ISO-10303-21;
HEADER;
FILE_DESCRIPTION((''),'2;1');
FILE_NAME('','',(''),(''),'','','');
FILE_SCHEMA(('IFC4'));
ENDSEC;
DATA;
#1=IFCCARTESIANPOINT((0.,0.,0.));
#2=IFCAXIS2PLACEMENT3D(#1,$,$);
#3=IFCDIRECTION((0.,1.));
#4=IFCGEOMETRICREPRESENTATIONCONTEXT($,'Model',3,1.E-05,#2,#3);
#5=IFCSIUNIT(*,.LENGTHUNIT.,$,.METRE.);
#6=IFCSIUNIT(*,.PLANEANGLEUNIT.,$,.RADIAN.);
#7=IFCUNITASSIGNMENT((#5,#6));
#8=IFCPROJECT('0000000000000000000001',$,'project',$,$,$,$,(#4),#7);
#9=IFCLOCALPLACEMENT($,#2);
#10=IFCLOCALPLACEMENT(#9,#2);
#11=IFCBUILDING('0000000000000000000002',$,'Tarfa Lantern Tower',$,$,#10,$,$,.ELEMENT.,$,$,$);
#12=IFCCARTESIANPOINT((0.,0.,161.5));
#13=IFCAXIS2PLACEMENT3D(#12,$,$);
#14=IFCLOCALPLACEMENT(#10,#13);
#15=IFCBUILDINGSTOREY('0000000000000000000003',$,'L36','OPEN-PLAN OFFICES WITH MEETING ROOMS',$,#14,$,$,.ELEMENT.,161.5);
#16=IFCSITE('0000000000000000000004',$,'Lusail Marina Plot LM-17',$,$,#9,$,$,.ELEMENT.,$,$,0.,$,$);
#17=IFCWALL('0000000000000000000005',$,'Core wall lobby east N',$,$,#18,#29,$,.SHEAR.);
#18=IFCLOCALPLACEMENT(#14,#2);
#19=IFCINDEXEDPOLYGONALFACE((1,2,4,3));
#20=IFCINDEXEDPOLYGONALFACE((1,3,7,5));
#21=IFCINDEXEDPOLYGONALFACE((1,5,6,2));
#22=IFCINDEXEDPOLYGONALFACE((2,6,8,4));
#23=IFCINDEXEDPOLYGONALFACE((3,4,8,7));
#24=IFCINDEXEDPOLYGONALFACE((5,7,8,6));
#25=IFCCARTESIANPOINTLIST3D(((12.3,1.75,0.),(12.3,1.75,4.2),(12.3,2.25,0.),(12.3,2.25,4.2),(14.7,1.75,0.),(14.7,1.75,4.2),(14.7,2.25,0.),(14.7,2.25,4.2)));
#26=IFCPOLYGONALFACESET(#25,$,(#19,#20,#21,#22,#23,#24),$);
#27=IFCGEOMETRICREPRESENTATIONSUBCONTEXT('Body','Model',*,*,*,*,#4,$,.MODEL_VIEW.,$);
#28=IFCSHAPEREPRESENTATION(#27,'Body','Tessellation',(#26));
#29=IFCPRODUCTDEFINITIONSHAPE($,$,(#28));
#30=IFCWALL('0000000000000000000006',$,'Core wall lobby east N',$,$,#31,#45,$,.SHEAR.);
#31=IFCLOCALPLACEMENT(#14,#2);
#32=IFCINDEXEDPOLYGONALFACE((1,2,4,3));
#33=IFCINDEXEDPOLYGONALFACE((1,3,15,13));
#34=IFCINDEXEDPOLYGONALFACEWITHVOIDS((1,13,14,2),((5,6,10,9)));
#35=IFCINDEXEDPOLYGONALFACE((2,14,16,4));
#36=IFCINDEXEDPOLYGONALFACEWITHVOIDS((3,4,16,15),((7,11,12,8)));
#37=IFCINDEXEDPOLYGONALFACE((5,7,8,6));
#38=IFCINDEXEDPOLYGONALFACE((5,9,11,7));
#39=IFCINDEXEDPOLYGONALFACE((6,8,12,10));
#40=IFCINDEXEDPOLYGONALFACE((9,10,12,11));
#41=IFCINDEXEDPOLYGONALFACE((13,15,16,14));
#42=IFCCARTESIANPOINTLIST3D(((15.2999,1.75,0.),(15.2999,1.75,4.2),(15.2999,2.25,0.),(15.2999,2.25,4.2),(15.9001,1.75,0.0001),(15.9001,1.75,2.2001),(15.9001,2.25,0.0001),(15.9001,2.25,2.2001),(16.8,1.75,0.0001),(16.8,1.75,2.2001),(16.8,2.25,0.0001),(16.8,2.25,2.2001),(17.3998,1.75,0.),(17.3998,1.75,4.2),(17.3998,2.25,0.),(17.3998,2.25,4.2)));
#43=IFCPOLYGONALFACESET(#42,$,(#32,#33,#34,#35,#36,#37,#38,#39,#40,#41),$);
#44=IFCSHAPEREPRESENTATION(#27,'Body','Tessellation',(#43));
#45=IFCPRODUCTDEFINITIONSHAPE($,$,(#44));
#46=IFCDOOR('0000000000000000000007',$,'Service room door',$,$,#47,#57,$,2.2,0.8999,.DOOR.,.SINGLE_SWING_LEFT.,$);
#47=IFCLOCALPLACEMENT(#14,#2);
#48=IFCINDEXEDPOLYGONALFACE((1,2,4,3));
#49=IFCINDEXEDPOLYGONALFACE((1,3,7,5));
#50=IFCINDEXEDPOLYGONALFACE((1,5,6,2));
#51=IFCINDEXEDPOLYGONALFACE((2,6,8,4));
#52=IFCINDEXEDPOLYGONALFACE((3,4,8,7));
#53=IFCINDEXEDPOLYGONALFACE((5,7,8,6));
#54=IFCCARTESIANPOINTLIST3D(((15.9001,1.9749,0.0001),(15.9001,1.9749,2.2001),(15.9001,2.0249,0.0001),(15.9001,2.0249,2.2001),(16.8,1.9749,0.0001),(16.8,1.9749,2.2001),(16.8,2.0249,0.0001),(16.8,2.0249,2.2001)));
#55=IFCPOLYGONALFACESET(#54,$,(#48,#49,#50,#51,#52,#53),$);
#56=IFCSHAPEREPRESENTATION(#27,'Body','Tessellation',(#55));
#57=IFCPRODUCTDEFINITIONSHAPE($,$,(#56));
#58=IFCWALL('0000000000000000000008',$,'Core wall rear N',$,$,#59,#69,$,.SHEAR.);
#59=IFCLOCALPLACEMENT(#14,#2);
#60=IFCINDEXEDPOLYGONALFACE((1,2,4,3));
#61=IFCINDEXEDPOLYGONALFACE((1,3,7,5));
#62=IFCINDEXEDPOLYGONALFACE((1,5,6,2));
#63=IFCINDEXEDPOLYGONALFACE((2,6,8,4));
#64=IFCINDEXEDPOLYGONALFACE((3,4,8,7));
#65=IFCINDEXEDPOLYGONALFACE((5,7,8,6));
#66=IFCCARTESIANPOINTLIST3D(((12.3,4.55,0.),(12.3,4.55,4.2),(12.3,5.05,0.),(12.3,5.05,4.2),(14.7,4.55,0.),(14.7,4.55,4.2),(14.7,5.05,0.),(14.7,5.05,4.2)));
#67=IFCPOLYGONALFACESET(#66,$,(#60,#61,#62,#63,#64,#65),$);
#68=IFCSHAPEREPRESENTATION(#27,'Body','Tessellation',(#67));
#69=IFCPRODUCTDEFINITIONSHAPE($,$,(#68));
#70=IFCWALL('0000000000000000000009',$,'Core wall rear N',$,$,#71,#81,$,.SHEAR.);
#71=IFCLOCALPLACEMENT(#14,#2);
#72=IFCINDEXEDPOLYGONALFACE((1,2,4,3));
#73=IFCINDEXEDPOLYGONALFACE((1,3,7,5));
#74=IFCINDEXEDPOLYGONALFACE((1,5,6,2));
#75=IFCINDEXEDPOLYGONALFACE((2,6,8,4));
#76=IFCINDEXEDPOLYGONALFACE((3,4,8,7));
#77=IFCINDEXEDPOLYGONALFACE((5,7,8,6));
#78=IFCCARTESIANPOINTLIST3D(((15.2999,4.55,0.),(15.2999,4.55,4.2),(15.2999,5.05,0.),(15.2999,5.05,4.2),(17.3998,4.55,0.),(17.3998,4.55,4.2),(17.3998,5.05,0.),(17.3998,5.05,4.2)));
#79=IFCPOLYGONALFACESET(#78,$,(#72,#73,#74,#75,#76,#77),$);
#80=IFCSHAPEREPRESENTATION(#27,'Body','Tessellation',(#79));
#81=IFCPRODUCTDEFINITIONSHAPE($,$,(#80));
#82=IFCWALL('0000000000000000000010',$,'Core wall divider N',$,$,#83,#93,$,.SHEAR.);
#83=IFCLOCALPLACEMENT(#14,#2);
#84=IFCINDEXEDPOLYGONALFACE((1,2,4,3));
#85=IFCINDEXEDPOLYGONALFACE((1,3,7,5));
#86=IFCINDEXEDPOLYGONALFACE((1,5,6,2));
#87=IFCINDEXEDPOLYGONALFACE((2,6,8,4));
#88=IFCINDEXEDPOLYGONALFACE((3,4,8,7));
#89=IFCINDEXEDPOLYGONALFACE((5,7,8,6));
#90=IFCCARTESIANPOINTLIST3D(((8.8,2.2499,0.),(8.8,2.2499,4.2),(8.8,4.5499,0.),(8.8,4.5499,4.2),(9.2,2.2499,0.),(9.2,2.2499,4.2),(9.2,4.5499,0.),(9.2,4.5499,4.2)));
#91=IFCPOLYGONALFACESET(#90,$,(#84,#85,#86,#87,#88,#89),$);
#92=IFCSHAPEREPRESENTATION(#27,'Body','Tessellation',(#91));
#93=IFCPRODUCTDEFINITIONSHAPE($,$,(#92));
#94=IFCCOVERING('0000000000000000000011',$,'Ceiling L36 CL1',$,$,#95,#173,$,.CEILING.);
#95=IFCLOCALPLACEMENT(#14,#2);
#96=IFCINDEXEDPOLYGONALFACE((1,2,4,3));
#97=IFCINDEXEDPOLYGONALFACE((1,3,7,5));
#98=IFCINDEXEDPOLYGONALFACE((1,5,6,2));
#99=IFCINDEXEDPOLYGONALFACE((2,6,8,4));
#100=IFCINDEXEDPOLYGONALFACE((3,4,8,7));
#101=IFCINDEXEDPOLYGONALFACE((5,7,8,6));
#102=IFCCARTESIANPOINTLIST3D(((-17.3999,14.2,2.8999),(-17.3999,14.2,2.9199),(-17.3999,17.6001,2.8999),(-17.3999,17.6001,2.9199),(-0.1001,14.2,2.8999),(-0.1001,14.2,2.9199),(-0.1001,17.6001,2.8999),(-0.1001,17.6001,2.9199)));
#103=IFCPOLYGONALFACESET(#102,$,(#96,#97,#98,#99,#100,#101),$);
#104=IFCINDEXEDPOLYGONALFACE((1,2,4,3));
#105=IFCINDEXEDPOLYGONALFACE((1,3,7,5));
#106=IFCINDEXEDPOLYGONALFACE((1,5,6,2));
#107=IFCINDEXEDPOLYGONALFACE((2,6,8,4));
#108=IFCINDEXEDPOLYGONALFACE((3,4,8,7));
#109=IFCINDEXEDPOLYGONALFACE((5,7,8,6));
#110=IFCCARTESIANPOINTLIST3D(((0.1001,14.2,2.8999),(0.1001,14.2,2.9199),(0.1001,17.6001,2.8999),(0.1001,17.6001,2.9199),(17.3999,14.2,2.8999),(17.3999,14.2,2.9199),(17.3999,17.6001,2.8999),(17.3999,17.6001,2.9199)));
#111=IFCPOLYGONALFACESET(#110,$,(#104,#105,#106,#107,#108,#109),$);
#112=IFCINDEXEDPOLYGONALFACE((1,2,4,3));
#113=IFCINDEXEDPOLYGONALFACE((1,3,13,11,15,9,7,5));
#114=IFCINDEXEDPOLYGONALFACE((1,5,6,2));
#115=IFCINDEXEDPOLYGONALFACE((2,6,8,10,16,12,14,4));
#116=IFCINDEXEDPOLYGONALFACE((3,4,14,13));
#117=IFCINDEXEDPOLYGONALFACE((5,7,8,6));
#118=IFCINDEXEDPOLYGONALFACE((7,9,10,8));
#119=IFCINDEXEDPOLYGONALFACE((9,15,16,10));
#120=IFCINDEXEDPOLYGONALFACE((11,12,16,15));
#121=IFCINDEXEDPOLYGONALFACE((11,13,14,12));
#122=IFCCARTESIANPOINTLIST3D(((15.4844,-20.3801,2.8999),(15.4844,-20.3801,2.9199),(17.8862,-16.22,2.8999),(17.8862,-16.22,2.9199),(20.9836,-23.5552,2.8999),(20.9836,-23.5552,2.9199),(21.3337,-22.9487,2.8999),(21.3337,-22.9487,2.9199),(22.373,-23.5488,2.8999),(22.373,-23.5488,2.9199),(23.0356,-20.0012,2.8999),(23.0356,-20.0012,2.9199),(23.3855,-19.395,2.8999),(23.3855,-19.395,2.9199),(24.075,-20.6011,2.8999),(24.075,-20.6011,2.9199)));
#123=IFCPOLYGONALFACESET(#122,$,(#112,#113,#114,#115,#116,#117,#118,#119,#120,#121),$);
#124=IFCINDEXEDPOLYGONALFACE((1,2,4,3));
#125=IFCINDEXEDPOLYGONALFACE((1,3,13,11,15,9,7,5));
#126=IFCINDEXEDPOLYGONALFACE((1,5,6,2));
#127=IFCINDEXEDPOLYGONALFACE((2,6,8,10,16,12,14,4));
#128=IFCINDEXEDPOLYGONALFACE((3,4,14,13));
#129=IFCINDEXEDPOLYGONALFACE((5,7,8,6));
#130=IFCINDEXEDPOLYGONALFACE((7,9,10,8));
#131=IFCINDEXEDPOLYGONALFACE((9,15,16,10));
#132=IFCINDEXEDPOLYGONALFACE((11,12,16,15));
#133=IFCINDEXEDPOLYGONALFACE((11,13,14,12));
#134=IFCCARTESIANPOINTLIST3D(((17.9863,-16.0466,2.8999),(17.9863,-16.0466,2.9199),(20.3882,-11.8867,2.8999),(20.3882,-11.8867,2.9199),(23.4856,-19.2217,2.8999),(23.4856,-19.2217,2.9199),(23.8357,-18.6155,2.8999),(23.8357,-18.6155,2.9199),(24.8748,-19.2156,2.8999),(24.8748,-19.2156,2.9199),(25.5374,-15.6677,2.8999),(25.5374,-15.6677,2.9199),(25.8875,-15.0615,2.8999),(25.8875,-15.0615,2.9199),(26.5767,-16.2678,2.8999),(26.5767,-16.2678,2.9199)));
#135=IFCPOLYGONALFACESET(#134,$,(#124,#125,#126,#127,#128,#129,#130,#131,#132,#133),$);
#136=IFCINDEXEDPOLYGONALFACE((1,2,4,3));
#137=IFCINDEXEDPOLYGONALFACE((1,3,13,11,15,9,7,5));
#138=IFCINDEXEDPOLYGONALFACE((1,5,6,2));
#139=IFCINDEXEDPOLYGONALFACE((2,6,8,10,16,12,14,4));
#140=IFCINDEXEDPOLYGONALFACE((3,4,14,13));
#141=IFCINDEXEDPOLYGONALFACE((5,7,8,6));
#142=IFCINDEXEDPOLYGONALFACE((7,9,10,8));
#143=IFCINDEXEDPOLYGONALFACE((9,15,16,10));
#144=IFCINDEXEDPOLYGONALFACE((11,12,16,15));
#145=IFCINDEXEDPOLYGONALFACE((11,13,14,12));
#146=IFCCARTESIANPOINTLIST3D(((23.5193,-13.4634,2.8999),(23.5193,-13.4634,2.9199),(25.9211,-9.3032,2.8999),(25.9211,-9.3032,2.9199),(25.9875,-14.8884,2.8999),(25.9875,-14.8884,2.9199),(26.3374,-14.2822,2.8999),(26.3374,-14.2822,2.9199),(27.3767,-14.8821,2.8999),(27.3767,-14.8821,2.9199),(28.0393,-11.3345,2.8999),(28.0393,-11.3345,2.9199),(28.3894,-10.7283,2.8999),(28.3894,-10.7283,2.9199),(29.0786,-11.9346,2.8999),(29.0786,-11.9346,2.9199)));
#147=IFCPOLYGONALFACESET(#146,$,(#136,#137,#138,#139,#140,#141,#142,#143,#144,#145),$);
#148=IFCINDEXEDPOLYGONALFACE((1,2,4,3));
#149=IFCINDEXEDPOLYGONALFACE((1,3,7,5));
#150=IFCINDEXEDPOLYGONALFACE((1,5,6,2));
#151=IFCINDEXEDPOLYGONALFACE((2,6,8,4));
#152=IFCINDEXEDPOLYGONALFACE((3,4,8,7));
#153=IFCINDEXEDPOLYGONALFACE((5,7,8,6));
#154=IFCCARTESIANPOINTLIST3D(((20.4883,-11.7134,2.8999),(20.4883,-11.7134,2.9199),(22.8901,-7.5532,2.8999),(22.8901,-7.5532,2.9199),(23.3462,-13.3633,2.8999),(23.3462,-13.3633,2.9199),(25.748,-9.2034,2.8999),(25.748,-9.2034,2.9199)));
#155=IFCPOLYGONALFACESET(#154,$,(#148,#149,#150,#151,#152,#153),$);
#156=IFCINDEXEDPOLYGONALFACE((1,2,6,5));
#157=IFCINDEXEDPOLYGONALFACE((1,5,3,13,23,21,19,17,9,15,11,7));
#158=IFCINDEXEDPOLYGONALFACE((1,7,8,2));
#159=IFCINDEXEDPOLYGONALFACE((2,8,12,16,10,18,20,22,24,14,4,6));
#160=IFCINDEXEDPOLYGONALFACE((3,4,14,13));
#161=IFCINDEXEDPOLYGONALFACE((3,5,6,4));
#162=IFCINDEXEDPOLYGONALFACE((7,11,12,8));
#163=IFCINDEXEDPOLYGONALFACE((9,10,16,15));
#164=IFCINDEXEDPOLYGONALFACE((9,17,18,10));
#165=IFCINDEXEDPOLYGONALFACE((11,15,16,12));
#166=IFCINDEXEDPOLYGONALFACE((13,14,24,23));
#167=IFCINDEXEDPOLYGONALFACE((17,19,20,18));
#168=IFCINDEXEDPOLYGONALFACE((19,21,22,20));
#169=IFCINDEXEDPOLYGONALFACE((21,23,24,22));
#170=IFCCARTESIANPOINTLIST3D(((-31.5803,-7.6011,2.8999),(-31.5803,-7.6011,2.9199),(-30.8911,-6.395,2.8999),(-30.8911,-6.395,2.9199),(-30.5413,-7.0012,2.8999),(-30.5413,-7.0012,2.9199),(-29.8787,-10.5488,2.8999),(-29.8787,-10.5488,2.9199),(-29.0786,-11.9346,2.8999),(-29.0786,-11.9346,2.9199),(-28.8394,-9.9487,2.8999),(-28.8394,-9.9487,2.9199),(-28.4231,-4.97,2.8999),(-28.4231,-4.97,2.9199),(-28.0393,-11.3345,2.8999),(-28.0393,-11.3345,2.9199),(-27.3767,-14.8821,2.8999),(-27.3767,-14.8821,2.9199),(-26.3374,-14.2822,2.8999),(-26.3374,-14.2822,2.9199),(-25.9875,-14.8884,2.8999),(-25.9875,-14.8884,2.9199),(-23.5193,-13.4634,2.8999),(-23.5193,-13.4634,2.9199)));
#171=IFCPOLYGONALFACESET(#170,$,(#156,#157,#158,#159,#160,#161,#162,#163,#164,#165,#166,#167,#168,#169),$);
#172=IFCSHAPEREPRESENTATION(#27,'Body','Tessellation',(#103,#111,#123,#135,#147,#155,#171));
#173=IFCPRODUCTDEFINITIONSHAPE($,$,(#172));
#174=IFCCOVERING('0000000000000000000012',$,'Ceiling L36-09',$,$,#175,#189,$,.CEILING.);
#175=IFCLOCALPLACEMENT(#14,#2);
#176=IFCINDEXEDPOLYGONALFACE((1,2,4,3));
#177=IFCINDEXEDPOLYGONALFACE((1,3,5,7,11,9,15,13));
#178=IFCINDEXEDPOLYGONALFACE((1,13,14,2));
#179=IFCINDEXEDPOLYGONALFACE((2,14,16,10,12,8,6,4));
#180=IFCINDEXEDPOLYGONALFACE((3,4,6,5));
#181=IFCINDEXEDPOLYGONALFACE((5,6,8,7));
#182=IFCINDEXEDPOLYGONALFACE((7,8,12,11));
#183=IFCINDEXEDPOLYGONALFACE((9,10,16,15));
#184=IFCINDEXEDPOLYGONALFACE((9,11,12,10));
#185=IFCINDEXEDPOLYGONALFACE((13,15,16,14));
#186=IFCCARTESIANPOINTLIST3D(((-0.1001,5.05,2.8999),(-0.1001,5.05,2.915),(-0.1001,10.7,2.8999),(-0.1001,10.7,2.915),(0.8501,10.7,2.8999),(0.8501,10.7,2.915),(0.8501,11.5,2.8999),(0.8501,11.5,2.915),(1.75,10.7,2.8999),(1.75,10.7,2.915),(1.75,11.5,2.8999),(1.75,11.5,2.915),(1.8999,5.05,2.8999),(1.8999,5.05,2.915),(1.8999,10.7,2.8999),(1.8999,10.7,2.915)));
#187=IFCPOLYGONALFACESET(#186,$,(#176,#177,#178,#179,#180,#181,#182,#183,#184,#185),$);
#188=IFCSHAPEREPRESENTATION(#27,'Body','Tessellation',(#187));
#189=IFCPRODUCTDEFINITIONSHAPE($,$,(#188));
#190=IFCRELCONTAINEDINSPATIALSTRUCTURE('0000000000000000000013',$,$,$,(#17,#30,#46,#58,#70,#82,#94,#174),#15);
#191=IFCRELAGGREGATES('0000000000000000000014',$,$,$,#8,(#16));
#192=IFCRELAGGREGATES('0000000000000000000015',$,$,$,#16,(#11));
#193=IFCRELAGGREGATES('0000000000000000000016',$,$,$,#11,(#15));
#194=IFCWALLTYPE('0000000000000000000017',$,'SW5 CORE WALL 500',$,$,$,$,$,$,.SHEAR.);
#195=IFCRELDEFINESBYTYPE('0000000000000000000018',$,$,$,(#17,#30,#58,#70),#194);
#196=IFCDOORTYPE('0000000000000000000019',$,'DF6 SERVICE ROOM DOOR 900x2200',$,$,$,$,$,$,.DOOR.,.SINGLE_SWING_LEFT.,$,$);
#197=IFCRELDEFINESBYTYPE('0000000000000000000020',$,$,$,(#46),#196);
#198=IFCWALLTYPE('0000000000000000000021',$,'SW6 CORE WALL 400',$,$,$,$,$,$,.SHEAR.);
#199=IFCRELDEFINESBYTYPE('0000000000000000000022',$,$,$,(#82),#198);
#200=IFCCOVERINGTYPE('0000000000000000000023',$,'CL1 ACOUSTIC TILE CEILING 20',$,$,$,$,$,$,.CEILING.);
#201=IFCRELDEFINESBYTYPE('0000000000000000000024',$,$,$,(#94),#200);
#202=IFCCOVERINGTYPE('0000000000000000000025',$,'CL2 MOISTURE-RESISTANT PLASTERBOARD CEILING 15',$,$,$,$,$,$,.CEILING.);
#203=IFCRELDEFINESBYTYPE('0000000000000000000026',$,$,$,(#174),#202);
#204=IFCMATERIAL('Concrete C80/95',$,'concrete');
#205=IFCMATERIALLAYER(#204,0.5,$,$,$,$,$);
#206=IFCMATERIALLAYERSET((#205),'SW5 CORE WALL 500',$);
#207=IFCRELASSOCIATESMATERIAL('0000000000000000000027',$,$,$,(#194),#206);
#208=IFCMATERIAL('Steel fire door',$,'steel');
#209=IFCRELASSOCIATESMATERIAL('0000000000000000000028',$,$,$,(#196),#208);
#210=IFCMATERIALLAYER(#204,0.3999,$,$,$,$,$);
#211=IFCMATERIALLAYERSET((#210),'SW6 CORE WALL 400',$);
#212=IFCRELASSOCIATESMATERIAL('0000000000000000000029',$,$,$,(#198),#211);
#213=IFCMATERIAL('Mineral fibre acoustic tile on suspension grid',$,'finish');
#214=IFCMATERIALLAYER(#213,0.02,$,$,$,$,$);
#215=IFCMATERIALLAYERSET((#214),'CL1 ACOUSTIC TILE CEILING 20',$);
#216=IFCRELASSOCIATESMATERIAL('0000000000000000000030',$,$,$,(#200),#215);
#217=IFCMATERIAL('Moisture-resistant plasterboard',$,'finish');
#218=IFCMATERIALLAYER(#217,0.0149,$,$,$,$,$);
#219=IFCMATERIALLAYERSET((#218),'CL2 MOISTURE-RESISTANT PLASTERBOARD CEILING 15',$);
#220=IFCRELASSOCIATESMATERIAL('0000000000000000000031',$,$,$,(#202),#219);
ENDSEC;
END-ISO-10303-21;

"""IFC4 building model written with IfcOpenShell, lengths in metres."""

from ifc_helpers import new_model, si_unit, direction, frame, frame_2d, origin, place, context, subcontext, project, spatial, polyline, rectangle, outline, extrude, material, layer, layer_set, type_object, element, fill, save


model = new_model("IFC4")

# Units and contexts
model_context = context("Model", 3, precision=1e-05, world=origin(), true_north=direction((0.0, 1.0)))
body_context = subcontext(model_context, "Body", "Model", "MODEL_VIEW")
ifc_project = project(units=[si_unit("LENGTHUNIT", "METRE"), si_unit("PLANEANGLEUNIT", "RADIAN")], contexts=[model_context])

# Site, building, storey
site_placement = place(None, origin())
site = spatial("IfcSite", under=ifc_project, at=site_placement, Name="Lusail Marina Plot LM-17", CompositionType="ELEMENT", RefElevation=0.0)
building_placement = place(site_placement, origin())
building = spatial("IfcBuilding", under=site, at=building_placement, Name="Tarfa Lantern Tower", CompositionType="ELEMENT")
storey_placement = place(building_placement, frame((0.0, 0.0, 161.5)))
storey = spatial("IfcBuildingStorey", under=building, at=storey_placement, Name="L36", Description="OPEN-PLAN OFFICES WITH MEETING ROOMS", CompositionType="ELEMENT", Elevation=161.5)

# Wall
ifc_material_1 = material(Name="Concrete C80/95", Category="concrete")
ifc_layer_1 = layer(ifc_material_1, 0.5)
ifc_layer_set_1 = layer_set([ifc_layer_1], Name="SW5 CORE WALL 500")
wall_type_1 = type_object("IfcWallType", Name="SW5 CORE WALL 500", PredefinedType="SHEAR", material=ifc_layer_set_1)
wall_1_placement = place(storey_placement, frame((12.3, 2.0, 0.0), z_axis=(0.0, 0.0, 1.0), x_axis=(1.0, 0.0, 0.0)))
element("IfcWall", 1, at=wall_1_placement, inside=storey, type_object=wall_type_1, Name="Core wall lobby east N", PredefinedType="SHEAR", context=body_context, shape_type="SweptSolid", body=[
    extrude(rectangle(XDim=2.3999, YDim=0.5, at=frame_2d((1.2, 0.0))), origin(), (0.0, 0.0, 1.0), 4.2),
])

# Wall, opening, door
wall_2_placement = place(storey_placement, frame((15.3, 2.0, 0.0), z_axis=(0.0, 0.0, 1.0), x_axis=(1.0, 0.0, 0.0)))
wall_2 = element("IfcWall", 2, at=wall_2_placement, inside=storey, type_object=wall_type_1, Name="Core wall lobby east N", PredefinedType="SHEAR", context=body_context, shape_type="SweptSolid", body=[
    extrude(rectangle(XDim=2.0999, YDim=0.5, at=frame_2d((1.0498, 0.0))), origin(), (0.0, 0.0, 1.0), 4.2),
])
opening_1_placement = place(wall_2_placement, frame((0.6001, 0.0, 0.0)))
opening_1 = element("IfcOpeningElement", 3, at=opening_1_placement, cuts=wall_2, PredefinedType="OPENING", context=body_context, shape_type="SweptSolid", body=[
    extrude(rectangle(XDim=0.8999, YDim=2.2, at=frame_2d((0.45, 1.1001))), frame((0.0, 0.26, 0.0), z_axis=(0.0, -1.0, 0.0), x_axis=(1.0, 0.0, 0.0)), (0.0, 0.0, 1.0), 0.52),
])
ifc_material_2 = material(Name="Steel fire door", Category="steel")
door_type_1 = type_object("IfcDoorType", Name="DF6 SERVICE ROOM DOOR 900x2200", OperationType="SINGLE_SWING_LEFT", PredefinedType="DOOR", material=ifc_material_2)
door_1_placement = place(opening_1_placement, origin())
door_1 = element("IfcDoor", 4, at=door_1_placement, inside=storey, type_object=door_type_1, Name="Service room door", OperationType="SINGLE_SWING_LEFT", OverallHeight=2.2, OverallWidth=0.8999, PredefinedType="DOOR", context=body_context, shape_type="SweptSolid", body=[
    extrude(rectangle(XDim=0.8999, YDim=2.2, at=frame_2d((0.45, 1.1001))), frame((0.0, 0.0249, 0.0), z_axis=(0.0, -1.0, 0.0), x_axis=(1.0, 0.0, 0.0)), (0.0, 0.0, 1.0), 0.05),
])
fill(opening_1, door_1)

# Walls
wall_3_placement = place(storey_placement, frame((12.3, 4.8, 0.0), z_axis=(0.0, 0.0, 1.0), x_axis=(1.0, 0.0, 0.0)))
element("IfcWall", 5, at=wall_3_placement, inside=storey, type_object=wall_type_1, Name="Core wall rear N", PredefinedType="SHEAR", context=body_context, shape_type="SweptSolid", body=[
    extrude(rectangle(XDim=2.3999, YDim=0.5, at=frame_2d((1.2, 0.0))), origin(), (0.0, 0.0, 1.0), 4.2),
])
wall_4_placement = place(storey_placement, frame((15.3, 4.8, 0.0), z_axis=(0.0, 0.0, 1.0), x_axis=(1.0, 0.0, 0.0)))
element("IfcWall", 6, at=wall_4_placement, inside=storey, type_object=wall_type_1, Name="Core wall rear N", PredefinedType="SHEAR", context=body_context, shape_type="SweptSolid", body=[
    extrude(rectangle(XDim=2.0999, YDim=0.5, at=frame_2d((1.0498, 0.0))), origin(), (0.0, 0.0, 1.0), 4.2),
])
ifc_layer_2 = layer(ifc_material_1, 0.3999)
ifc_layer_set_2 = layer_set([ifc_layer_2], Name="SW6 CORE WALL 400")
wall_type_2 = type_object("IfcWallType", Name="SW6 CORE WALL 400", PredefinedType="SHEAR", material=ifc_layer_set_2)
wall_5_placement = place(storey_placement, frame((9.0, 2.25, 0.0), z_axis=(0.0, 0.0, 1.0), x_axis=(0.0, 1.0, 0.0)))
element("IfcWall", 7, at=wall_5_placement, inside=storey, type_object=wall_type_2, Name="Core wall divider N", PredefinedType="SHEAR", context=body_context, shape_type="SweptSolid", body=[
    extrude(rectangle(XDim=2.3, YDim=0.3999, at=frame_2d((1.1499, 0.0))), origin(), (0.0, 0.0, 1.0), 4.2),
])

# Coverings
ifc_material_3 = material(Name="Mineral fibre acoustic tile on suspension grid", Category="finish")
ifc_layer_3 = layer(ifc_material_3, 0.02)
ifc_layer_set_3 = layer_set([ifc_layer_3], Name="CL1 ACOUSTIC TILE CEILING 20")
covering_type_1 = type_object("IfcCoveringType", Name="CL1 ACOUSTIC TILE CEILING 20", PredefinedType="CEILING", material=ifc_layer_set_3)
covering_1_placement = place(storey_placement, frame((0.0, 0.0, 2.8999)))
element("IfcCovering", 8, at=covering_1_placement, inside=storey, type_object=covering_type_1, Name="Ceiling L36 CL1", PredefinedType="CEILING", context=body_context, shape_type="SweptSolid", body=[
    extrude(outline(polyline([(-17.3999, 17.6001), (-0.1001, 17.6001), (-0.1001, 14.2), (-17.3999, 14.2), (-17.3999, 17.6001)])), origin(), (0.0, 0.0, 1.0), 0.02),
    extrude(outline(polyline([(0.1001, 17.6001), (17.3999, 17.6001), (17.3999, 14.2), (0.1001, 14.2), (0.1001, 17.6001)])), origin(), (0.0, 0.0, 1.0), 0.02),
    extrude(outline(polyline([(17.8862, -16.22), (23.3855, -19.395), (23.0356, -20.0012), (24.075, -20.6011), (22.373, -23.5488), (21.3337, -22.9487), (20.9836, -23.5552), (15.4844, -20.3801), (17.8862, -16.22)])), origin(), (0.0, 0.0, 1.0), 0.02),
    extrude(outline(polyline([(20.3882, -11.8867), (25.8875, -15.0615), (25.5374, -15.6677), (26.5767, -16.2678), (24.8748, -19.2156), (23.8357, -18.6155), (23.4856, -19.2217), (17.9863, -16.0466), (20.3882, -11.8867)])), origin(), (0.0, 0.0, 1.0), 0.02),
    extrude(outline(polyline([(25.9211, -9.3032), (28.3894, -10.7283), (28.0393, -11.3345), (29.0786, -11.9346), (27.3767, -14.8821), (26.3374, -14.2822), (25.9875, -14.8884), (23.5193, -13.4634), (25.9211, -9.3032)])), origin(), (0.0, 0.0, 1.0), 0.02),
    extrude(outline(polyline([(22.8901, -7.5532), (25.748, -9.2034), (23.3462, -13.3633), (20.4883, -11.7134), (22.8901, -7.5532)])), origin(), (0.0, 0.0, 1.0), 0.02),
    extrude(outline(polyline([(-23.5193, -13.4634), (-25.9875, -14.8884), (-26.3374, -14.2822), (-27.3767, -14.8821), (-29.0786, -11.9346), (-28.0393, -11.3345), (-28.8394, -9.9487), (-29.8787, -10.5488), (-31.5803, -7.6011), (-30.5413, -7.0012), (-30.8911, -6.395), (-28.4231, -4.97), (-23.5193, -13.4634)])), origin(), (0.0, 0.0, 1.0), 0.02),
])
ifc_material_4 = material(Name="Moisture-resistant plasterboard", Category="finish")
ifc_layer_4 = layer(ifc_material_4, 0.0149)
ifc_layer_set_4 = layer_set([ifc_layer_4], Name="CL2 MOISTURE-RESISTANT PLASTERBOARD CEILING 15")
covering_type_2 = type_object("IfcCoveringType", Name="CL2 MOISTURE-RESISTANT PLASTERBOARD CEILING 15", PredefinedType="CEILING", material=ifc_layer_set_4)
covering_2_placement = place(storey_placement, frame((0.0, 0.0, 2.8999)))
element("IfcCovering", 9, at=covering_2_placement, inside=storey, type_object=covering_type_2, Name="Ceiling L36-09", PredefinedType="CEILING", context=body_context, shape_type="SweptSolid", body=[
    extrude(outline(polyline([(0.8501, 10.7), (-0.1001, 10.7), (-0.1001, 5.05), (1.8999, 5.05), (1.8999, 10.7), (1.75, 10.7), (1.75, 11.5), (1.75, 11.5), (0.8501, 11.5), (0.8501, 10.7)])), origin(), (0.0, 0.0, 1.0), 0.0151),
])

save(model, "model.ifc")
